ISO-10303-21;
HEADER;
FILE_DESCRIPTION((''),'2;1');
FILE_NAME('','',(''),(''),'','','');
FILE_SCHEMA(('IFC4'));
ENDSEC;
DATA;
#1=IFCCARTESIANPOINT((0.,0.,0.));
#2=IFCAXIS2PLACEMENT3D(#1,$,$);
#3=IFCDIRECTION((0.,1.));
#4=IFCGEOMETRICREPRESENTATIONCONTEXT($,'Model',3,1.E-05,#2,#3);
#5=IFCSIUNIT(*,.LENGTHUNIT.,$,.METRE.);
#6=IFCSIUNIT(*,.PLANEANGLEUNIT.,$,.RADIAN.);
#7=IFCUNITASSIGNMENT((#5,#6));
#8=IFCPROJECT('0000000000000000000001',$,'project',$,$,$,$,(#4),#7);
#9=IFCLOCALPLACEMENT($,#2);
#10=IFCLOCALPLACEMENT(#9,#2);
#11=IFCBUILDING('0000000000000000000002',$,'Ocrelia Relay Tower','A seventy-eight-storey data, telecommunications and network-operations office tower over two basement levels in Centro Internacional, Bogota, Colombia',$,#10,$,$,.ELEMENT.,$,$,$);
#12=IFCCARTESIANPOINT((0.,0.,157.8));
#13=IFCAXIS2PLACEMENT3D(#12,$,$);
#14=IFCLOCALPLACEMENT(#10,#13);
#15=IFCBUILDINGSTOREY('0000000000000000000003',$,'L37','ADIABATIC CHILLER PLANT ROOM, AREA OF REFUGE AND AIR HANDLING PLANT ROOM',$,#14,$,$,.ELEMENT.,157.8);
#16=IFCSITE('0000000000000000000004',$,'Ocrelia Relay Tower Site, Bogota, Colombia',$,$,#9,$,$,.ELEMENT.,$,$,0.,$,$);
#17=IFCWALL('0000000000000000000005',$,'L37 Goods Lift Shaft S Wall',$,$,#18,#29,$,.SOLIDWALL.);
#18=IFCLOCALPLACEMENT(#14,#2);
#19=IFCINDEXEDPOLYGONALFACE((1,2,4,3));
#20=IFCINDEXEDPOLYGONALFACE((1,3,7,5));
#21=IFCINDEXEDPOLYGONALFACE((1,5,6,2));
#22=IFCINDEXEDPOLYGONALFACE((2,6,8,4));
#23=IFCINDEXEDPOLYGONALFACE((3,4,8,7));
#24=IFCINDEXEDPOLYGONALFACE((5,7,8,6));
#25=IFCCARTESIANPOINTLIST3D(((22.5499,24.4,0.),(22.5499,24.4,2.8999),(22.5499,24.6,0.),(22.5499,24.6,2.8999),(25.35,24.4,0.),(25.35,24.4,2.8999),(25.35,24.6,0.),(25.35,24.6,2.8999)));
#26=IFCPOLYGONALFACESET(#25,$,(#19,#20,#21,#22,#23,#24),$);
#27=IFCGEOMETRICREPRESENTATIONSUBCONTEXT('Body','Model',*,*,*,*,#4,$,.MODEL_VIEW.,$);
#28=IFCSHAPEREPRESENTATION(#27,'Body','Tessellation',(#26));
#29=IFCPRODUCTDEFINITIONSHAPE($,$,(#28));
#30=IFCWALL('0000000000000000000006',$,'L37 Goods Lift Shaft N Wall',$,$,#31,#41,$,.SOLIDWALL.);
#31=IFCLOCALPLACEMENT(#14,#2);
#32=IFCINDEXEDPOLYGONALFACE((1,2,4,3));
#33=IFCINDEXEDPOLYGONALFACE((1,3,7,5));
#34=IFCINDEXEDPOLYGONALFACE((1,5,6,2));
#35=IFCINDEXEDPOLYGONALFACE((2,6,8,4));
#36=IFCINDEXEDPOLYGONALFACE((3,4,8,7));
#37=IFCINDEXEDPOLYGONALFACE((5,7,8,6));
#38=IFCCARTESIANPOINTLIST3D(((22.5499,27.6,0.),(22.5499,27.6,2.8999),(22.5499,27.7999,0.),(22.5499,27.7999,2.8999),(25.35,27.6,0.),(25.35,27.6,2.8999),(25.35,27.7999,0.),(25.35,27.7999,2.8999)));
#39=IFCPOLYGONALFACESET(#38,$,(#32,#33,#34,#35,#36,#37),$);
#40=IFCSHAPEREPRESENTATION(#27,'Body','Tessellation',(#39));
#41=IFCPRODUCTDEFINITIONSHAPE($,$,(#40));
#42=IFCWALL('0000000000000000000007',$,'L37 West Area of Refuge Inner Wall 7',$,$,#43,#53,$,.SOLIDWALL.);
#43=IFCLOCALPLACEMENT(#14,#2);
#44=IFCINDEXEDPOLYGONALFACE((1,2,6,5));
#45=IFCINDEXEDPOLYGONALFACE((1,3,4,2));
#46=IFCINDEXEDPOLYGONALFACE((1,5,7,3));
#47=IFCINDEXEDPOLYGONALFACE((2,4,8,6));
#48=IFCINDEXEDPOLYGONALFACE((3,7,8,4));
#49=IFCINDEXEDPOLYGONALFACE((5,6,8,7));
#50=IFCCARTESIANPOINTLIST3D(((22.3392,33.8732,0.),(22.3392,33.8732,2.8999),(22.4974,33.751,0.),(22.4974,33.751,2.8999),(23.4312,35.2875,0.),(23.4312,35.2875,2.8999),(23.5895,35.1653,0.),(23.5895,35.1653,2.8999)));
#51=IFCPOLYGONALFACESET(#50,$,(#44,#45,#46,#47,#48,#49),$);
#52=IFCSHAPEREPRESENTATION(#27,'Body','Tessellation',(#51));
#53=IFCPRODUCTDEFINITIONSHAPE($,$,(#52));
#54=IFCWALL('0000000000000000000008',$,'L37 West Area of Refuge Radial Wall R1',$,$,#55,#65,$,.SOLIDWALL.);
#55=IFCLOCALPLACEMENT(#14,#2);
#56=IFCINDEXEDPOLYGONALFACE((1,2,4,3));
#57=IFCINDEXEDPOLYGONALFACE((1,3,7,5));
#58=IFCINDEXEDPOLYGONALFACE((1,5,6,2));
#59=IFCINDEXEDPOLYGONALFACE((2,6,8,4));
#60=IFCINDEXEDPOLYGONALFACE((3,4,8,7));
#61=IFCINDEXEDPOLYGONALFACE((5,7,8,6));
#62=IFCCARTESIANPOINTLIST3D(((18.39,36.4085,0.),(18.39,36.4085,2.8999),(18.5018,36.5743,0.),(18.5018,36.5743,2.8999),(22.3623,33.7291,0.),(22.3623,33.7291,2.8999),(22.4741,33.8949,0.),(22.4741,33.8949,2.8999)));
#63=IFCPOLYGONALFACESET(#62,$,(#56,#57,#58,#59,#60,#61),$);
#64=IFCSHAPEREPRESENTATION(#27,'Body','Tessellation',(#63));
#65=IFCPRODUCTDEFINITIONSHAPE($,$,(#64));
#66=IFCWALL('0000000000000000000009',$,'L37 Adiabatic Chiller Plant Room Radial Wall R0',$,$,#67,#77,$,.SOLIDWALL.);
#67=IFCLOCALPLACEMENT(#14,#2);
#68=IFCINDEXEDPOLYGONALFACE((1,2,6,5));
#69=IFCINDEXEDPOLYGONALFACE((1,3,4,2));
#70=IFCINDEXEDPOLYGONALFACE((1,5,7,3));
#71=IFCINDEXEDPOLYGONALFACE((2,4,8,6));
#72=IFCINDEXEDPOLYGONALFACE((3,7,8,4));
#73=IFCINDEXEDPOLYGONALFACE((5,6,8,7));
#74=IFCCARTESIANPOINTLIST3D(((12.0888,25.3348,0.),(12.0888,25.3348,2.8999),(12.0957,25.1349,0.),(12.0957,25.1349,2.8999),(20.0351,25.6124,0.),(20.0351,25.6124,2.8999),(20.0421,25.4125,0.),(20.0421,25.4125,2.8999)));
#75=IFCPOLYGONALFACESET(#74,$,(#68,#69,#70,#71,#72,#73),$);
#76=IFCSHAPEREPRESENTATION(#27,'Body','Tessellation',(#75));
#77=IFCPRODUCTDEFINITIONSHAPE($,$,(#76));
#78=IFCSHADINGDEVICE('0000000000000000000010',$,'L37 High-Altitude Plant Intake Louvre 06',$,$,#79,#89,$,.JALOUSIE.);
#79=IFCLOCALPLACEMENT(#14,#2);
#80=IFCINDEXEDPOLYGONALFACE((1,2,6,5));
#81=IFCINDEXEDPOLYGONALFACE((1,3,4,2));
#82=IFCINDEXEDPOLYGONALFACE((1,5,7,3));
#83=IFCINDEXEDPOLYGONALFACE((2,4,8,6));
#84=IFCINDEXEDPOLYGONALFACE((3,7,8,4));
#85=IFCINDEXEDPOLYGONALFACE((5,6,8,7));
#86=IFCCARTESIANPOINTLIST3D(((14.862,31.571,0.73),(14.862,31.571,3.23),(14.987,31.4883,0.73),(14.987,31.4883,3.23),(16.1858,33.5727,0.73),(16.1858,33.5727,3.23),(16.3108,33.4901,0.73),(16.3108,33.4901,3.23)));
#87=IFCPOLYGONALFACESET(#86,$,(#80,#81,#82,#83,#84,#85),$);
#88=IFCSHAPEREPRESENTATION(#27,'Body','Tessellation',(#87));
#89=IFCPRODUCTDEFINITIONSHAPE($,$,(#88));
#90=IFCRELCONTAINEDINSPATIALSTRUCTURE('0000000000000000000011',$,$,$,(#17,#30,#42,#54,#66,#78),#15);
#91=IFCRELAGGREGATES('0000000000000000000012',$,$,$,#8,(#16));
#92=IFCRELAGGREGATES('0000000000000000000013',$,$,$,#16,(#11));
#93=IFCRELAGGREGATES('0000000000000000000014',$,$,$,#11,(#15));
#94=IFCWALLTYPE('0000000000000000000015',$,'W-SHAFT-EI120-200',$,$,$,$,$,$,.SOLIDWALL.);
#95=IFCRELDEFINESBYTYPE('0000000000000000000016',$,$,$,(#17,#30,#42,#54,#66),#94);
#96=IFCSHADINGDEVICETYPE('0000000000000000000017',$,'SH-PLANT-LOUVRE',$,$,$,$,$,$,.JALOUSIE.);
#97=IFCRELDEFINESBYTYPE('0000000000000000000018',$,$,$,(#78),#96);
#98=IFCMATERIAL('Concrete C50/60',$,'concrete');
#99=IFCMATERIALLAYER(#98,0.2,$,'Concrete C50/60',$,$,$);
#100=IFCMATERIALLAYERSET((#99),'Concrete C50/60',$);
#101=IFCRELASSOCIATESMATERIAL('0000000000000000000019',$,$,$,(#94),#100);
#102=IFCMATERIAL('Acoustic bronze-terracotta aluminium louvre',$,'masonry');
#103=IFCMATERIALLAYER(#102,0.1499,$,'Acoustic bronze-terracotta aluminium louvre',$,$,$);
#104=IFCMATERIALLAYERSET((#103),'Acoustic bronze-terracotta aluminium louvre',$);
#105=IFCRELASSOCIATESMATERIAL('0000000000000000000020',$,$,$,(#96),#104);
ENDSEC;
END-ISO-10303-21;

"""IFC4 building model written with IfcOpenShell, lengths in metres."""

from ifc_helpers import new_model, si_unit, direction, frame, frame_2d, origin, origin_2d, place, context, subcontext, project, spatial, rectangle, extrude, material, layer, layer_set, type_object, element, save


model = new_model("IFC4")

# Units and contexts
model_context = context("Model", 3, precision=1e-05, world=origin(), true_north=direction((0.0, 1.0)))
body_context = subcontext(model_context, "Body", "Model", "MODEL_VIEW")
ifc_project = project(units=[si_unit("LENGTHUNIT", "METRE"), si_unit("PLANEANGLEUNIT", "RADIAN")], contexts=[model_context])

# Site, building, storey
site_placement = place(None, origin())
site = spatial("IfcSite", under=ifc_project, at=site_placement, Name="Ocrelia Relay Tower Site, Bogota, Colombia", CompositionType="ELEMENT", RefElevation=0.0)
building_placement = place(site_placement, origin())
building = spatial("IfcBuilding", under=site, at=building_placement, Name="Ocrelia Relay Tower", Description="A seventy-eight-storey data, telecommunications and network-operations office tower over two basement levels in Centro Internacional, Bogota, Colombia", CompositionType="ELEMENT")
storey_placement = place(building_placement, frame((0.0, 0.0, 157.8)))
storey = spatial("IfcBuildingStorey", under=building, at=storey_placement, Name="L37", Description="ADIABATIC CHILLER PLANT ROOM, AREA OF REFUGE AND AIR HANDLING PLANT ROOM", CompositionType="ELEMENT", Elevation=157.8)

# Shared definitions
ifc_material_1 = material(Name="Concrete C50/60", Category="concrete")
ifc_layer_1 = layer(ifc_material_1, 0.2, Name="Concrete C50/60")
ifc_layer_set_1 = layer_set([ifc_layer_1], Name="Concrete C50/60")
wall_type_1 = type_object("IfcWallType", Name="W-SHAFT-EI120-200", PredefinedType="SOLIDWALL", material=ifc_layer_set_1)

# Walls
for number, where, z_axis, x_axis, name in (
    (1, (22.55, 24.5, 0.0), (0.0, 0.0, 1.0), (1.0, 0.0, 0.0), "L37 Goods Lift Shaft S Wall"),
    (2, (22.55, 27.7, 0.0), (0.0, 0.0, 1.0), (1.0, 0.0, 0.0), "L37 Goods Lift Shaft N Wall"),
):
    element("IfcWall", number, at=place(storey_placement, frame(where, z_axis=z_axis, x_axis=x_axis)), inside=storey, type_object=wall_type_1, Name=name, PredefinedType="SOLIDWALL", context=body_context, shape_type="SweptSolid", body=[
        extrude(rectangle(XDim=2.8, YDim=0.2, at=frame_2d((1.3999, 0.0))), origin(), (0.0, 0.0, 1.0), 2.8999),
    ])
wall_1_placement = place(storey_placement, frame((22.4182, 33.812, 0.0), z_axis=(0.0, 0.0, 1.0), x_axis=(0.611156, 0.79151, 0.0)))
element("IfcWall", 3, at=wall_1_placement, inside=storey, type_object=wall_type_1, Name="L37 West Area of Refuge Inner Wall 7", PredefinedType="SOLIDWALL", context=body_context, shape_type="SweptSolid", body=[
    extrude(rectangle(XDim=1.7869, YDim=0.2, at=frame_2d((0.8936, 0.0))), origin(), (0.0, 0.0, 1.0), 2.8999),
])
wall_2_placement = place(storey_placement, frame((22.4182, 33.812, 0.0), z_axis=(0.0, 0.0, 1.0), x_axis=(-0.829036, 0.559195, 0.0)))
element("IfcWall", 4, at=wall_2_placement, inside=storey, type_object=wall_type_1, Name="L37 West Area of Refuge Radial Wall R1", PredefinedType="SOLIDWALL", context=body_context, shape_type="SweptSolid", body=[
    extrude(rectangle(XDim=4.7915, YDim=0.2, at=frame_2d((2.3958, 0.0))), origin(), (0.0, 0.0, 1.0), 2.8999),
])
wall_3_placement = place(storey_placement, frame((20.0386, 25.5125, 0.0), z_axis=(0.0, 0.0, 1.0), x_axis=(-0.99939, -0.034912, 0.0)))
element("IfcWall", 5, at=wall_3_placement, inside=storey, type_object=wall_type_1, Name="L37 Adiabatic Chiller Plant Room Radial Wall R0", PredefinedType="SOLIDWALL", context=body_context, shape_type="SweptSolid", body=[
    extrude(rectangle(XDim=7.9512, YDim=0.2, at=frame_2d((3.9756, 0.0))), origin(), (0.0, 0.0, 1.0), 2.8999),
])

# Shading device
ifc_material_2 = material(Name="Acoustic bronze-terracotta aluminium louvre", Category="masonry")
ifc_layer_2 = layer(ifc_material_2, 0.1499, Name="Acoustic bronze-terracotta aluminium louvre")
ifc_layer_set_2 = layer_set([ifc_layer_2], Name="Acoustic bronze-terracotta aluminium louvre")
shading_device_type = type_object("IfcShadingDeviceType", Name="SH-PLANT-LOUVRE", PredefinedType="JALOUSIE", material=ifc_layer_set_2)
shading_device_placement = place(storey_placement, frame((15.5864, 32.5305, 0.73), z_axis=(0.0, 0.0, 1.0), x_axis=(-0.551605, -0.834105, 0.0)))
element("IfcShadingDevice", 6, at=shading_device_placement, inside=storey, type_object=shading_device_type, Name="L37 High-Altitude Plant Intake Louvre 06", PredefinedType="JALOUSIE", context=body_context, shape_type="SweptSolid", body=[
    extrude(rectangle(XDim=2.3999, YDim=0.1499, at=origin_2d()), origin(), (0.0, 0.0, 1.0), 2.5),
])

save(model, "model.ifc")
